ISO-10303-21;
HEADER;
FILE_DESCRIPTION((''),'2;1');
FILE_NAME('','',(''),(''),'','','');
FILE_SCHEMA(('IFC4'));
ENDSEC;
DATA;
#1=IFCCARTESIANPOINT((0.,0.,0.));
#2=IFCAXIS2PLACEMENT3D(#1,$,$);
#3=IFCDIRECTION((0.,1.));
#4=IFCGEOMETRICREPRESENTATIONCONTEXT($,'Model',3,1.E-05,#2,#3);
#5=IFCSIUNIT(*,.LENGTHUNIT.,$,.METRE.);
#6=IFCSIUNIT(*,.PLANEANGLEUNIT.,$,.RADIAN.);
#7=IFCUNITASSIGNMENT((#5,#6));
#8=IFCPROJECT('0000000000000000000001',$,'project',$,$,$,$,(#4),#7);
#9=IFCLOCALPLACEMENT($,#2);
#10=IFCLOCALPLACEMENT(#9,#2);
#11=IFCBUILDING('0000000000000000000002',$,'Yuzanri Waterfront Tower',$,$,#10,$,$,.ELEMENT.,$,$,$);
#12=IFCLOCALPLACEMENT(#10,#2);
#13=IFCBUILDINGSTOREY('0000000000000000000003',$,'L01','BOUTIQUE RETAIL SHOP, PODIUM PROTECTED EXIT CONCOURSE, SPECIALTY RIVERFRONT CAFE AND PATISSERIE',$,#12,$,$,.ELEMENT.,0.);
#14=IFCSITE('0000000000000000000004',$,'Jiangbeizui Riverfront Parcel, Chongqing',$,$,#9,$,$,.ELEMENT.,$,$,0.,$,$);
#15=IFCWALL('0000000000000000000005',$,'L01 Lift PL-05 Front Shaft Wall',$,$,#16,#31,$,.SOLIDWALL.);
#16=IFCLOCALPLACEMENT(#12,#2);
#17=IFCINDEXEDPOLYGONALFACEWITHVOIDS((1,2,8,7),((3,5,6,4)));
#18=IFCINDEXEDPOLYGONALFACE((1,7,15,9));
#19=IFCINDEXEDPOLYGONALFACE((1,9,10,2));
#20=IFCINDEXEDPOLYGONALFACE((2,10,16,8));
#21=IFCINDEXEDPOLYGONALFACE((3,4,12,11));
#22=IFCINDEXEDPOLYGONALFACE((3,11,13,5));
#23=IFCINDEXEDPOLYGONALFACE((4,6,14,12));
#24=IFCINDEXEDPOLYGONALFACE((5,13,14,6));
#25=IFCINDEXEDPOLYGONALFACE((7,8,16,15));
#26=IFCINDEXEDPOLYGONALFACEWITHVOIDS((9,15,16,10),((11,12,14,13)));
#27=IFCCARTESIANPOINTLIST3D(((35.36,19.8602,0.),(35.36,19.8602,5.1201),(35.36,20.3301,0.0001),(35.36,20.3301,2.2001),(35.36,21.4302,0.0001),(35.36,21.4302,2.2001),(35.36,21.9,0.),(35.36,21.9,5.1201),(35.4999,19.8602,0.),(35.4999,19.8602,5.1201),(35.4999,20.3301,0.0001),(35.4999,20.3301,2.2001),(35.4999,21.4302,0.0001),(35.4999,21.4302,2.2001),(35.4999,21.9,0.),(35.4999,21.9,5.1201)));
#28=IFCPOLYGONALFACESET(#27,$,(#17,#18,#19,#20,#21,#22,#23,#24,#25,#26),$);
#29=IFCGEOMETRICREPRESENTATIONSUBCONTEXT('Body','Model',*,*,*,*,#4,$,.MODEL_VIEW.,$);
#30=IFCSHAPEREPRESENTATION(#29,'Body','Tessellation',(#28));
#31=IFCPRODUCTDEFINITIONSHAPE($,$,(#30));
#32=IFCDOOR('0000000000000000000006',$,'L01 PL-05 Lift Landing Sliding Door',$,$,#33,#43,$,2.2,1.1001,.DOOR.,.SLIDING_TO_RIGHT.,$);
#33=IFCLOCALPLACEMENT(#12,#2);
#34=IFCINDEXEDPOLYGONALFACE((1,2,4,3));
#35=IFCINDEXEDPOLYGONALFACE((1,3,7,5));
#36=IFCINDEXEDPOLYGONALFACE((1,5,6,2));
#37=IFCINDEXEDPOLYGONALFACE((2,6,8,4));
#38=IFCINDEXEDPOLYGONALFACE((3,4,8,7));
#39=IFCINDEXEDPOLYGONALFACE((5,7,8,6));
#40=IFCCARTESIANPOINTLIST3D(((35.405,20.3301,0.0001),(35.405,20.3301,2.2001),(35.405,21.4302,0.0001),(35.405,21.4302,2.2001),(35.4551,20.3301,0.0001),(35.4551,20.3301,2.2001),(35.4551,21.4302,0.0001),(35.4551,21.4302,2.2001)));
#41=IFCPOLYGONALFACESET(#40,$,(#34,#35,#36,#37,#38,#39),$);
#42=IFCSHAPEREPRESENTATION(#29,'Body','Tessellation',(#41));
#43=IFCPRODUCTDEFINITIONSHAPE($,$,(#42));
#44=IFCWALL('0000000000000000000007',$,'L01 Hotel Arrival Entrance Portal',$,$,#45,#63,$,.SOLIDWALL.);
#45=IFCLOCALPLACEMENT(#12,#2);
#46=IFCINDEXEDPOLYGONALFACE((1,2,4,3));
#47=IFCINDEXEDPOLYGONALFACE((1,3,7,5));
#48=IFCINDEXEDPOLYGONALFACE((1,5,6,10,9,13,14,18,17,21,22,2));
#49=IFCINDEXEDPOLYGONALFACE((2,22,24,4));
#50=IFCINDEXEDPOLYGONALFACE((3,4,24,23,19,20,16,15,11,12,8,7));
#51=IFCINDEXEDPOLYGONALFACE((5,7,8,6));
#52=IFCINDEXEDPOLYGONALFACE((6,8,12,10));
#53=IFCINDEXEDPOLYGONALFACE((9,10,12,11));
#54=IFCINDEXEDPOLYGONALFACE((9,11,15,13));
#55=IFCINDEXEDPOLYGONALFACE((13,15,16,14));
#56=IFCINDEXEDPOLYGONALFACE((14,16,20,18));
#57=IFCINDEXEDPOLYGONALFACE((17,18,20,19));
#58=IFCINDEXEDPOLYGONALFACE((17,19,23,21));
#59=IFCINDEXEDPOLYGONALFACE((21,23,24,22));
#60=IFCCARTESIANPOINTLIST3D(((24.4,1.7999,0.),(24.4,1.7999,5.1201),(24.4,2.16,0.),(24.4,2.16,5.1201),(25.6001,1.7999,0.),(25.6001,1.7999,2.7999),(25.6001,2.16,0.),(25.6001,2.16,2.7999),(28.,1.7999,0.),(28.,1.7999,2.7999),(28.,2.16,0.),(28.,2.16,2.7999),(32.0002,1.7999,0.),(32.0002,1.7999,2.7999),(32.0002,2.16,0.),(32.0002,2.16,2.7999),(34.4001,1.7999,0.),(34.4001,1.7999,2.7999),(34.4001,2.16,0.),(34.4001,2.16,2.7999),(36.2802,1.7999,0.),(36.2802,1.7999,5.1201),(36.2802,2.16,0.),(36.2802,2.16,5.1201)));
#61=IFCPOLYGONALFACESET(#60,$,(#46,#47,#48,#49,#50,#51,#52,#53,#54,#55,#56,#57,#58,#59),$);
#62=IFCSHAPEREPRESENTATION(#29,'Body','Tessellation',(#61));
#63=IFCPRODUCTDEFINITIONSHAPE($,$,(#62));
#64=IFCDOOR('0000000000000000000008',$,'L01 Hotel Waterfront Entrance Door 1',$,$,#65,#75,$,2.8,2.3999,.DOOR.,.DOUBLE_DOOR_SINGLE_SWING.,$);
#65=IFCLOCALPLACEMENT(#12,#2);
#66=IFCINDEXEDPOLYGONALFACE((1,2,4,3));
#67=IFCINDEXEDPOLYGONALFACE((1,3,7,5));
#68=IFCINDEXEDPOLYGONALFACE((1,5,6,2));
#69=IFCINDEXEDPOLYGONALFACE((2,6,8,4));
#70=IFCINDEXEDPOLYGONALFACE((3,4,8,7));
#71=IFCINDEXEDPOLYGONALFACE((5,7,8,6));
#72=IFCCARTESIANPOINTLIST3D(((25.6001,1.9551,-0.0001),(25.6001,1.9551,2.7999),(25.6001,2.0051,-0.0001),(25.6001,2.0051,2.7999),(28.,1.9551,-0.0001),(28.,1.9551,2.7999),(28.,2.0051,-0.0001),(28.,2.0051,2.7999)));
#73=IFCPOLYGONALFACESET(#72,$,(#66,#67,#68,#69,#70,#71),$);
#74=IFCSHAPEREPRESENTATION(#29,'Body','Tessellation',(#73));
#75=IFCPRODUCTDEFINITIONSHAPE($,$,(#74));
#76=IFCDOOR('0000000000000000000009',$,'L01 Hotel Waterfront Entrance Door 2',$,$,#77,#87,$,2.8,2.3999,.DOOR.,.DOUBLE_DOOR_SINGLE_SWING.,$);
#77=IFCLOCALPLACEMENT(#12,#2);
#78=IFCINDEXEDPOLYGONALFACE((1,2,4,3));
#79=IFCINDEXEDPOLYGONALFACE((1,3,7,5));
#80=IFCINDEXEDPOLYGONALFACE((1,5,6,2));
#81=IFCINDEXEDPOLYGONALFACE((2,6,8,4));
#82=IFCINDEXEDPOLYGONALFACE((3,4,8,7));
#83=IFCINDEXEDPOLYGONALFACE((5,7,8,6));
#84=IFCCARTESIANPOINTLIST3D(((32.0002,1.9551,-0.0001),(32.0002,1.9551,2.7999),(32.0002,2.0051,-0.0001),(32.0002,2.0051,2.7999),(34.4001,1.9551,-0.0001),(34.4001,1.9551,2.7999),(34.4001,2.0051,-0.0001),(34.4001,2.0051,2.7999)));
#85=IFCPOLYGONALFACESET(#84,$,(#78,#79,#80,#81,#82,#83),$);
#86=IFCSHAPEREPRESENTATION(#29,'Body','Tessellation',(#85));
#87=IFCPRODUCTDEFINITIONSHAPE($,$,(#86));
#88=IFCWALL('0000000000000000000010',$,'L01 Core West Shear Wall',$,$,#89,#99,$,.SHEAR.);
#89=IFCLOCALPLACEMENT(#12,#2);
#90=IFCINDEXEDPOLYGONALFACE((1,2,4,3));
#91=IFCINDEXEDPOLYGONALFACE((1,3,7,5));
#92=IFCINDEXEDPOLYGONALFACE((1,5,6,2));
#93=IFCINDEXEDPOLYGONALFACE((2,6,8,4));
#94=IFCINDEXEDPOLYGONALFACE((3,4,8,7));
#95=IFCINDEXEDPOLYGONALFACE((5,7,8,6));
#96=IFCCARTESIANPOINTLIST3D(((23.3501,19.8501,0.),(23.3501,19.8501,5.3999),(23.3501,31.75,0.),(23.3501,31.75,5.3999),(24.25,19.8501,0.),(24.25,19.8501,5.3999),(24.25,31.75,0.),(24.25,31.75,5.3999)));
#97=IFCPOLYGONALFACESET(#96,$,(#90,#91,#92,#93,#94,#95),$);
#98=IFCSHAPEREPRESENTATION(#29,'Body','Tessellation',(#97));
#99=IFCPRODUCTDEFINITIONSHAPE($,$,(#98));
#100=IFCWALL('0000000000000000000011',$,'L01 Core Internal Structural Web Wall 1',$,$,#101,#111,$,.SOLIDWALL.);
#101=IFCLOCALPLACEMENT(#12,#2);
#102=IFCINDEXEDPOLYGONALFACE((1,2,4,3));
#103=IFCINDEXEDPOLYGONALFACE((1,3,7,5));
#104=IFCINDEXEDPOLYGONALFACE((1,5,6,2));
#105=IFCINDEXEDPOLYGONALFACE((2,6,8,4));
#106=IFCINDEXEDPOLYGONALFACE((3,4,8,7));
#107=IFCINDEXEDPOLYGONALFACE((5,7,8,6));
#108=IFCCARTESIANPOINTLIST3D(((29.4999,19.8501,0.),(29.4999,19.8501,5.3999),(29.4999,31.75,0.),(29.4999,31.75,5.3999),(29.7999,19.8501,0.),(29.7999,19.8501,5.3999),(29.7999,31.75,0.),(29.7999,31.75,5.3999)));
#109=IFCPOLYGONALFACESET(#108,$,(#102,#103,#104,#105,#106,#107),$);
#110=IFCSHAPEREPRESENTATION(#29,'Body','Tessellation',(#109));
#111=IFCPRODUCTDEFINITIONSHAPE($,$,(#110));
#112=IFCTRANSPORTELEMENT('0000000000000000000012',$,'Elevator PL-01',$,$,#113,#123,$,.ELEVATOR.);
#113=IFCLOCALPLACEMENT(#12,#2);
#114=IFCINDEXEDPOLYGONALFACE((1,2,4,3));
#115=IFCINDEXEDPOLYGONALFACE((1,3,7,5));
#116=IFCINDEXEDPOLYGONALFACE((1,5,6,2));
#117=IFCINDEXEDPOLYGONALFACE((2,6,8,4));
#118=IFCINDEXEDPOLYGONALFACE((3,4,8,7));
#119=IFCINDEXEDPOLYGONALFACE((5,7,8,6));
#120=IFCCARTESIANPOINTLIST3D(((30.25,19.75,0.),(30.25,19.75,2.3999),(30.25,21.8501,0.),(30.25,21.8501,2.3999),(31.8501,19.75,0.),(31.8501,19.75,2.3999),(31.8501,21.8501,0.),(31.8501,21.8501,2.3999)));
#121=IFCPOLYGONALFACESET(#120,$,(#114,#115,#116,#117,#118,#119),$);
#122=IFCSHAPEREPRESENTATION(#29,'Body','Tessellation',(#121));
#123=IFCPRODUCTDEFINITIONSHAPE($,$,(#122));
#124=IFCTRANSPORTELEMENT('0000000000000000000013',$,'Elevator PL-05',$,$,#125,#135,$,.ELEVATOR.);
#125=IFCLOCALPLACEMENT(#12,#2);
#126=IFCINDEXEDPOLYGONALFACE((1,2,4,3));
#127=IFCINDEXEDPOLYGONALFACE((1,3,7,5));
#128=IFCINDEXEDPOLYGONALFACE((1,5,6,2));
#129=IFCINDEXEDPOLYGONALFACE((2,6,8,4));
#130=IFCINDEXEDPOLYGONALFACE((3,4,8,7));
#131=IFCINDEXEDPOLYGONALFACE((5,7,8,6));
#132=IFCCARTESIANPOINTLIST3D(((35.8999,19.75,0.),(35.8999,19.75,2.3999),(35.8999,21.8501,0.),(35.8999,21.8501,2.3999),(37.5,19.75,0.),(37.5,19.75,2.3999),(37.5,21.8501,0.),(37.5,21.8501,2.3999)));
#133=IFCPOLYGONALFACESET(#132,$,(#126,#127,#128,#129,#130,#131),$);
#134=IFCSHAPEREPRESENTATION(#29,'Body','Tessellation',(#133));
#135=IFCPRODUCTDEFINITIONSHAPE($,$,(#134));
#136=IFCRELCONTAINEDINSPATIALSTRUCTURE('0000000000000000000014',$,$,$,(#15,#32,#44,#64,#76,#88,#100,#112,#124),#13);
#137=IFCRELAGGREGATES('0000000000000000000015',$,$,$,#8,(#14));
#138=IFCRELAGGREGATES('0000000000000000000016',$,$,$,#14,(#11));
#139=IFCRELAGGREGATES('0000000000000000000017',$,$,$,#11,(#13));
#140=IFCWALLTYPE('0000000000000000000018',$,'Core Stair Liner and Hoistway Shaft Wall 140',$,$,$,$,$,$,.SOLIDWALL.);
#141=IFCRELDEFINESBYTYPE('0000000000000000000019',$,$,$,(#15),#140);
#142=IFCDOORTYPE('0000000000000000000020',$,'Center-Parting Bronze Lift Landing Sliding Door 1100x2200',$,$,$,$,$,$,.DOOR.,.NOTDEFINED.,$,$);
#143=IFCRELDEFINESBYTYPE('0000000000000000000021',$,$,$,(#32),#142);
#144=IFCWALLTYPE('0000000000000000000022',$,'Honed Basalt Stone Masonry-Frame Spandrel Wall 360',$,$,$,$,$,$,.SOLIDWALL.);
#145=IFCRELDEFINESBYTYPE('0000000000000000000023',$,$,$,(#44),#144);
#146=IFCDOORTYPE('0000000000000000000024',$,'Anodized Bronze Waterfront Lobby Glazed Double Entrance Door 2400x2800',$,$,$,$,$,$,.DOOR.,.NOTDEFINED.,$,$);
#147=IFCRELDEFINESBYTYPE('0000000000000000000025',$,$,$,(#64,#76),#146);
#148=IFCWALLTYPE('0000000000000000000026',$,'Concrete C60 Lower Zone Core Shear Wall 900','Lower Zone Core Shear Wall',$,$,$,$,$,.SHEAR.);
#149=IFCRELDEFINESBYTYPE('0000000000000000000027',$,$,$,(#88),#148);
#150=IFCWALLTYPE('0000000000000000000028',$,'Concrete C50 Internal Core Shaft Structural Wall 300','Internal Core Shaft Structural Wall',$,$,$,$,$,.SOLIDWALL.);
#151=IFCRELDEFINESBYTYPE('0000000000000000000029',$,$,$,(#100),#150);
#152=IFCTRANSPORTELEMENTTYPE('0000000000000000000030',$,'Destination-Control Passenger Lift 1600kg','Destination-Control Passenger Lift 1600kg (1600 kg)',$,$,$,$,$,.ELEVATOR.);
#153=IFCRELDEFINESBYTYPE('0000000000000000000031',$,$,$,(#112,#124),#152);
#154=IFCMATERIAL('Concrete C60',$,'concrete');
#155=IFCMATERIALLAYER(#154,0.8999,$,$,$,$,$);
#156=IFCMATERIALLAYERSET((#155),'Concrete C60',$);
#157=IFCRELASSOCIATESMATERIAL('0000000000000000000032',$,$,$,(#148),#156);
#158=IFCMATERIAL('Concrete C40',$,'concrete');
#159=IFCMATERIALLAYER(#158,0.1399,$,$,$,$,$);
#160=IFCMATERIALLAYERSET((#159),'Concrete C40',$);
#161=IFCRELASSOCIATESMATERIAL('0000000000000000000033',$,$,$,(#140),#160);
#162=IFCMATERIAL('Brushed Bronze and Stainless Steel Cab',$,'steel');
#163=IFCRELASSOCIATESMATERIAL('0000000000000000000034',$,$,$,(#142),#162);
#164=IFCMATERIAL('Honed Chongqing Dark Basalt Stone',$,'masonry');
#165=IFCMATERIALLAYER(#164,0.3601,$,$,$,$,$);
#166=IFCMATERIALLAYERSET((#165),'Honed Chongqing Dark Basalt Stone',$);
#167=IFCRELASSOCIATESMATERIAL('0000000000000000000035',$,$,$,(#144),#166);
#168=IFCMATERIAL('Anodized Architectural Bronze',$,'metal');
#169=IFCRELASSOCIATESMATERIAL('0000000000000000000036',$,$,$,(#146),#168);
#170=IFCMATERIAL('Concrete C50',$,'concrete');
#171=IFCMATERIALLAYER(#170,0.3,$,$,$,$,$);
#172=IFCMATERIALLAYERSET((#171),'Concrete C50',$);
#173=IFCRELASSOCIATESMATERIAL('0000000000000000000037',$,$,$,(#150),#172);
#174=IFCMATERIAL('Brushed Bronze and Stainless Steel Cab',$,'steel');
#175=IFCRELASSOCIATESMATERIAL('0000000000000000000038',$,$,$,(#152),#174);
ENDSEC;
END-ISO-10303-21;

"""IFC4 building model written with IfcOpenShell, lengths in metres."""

from ifc_helpers import new_model, si_unit, direction, frame, frame_2d, origin, origin_2d, place, context, subcontext, project, spatial, rectangle, extrude, source, transform, mapped, material, layer, layer_set, type_object, element, fill, save


model = new_model("IFC4")

# Units and contexts
model_context = context("Model", 3, precision=1e-05, world=origin(), true_north=direction((0.0, 1.0)))
body_context = subcontext(model_context, "Body", "Model", "MODEL_VIEW")
ifc_project = project(units=[si_unit("LENGTHUNIT", "METRE"), si_unit("PLANEANGLEUNIT", "RADIAN")], contexts=[model_context])

# Site, building, storey
site_placement = place(None, origin())
site = spatial("IfcSite", under=ifc_project, at=site_placement, Name="Jiangbeizui Riverfront Parcel, Chongqing", CompositionType="ELEMENT", RefElevation=0.0)
building_placement = place(site_placement, origin())
building = spatial("IfcBuilding", under=site, at=building_placement, Name="Yuzanri Waterfront Tower", CompositionType="ELEMENT")
storey_placement = place(building_placement, origin())
storey = spatial("IfcBuildingStorey", under=building, at=storey_placement, Name="L01", Description="BOUTIQUE RETAIL SHOP, PODIUM PROTECTED EXIT CONCOURSE, SPECIALTY RIVERFRONT CAFE AND PATISSERIE", CompositionType="ELEMENT", Elevation=0.0)

# Shared definitions
ifc_material_1 = material(Name="Concrete C60", Category="concrete")
ifc_layer_1 = layer(ifc_material_1, 0.8999)
ifc_layer_set_1 = layer_set([ifc_layer_1], Name="Concrete C60")
wall_type_1 = type_object("IfcWallType", Name="Concrete C60 Lower Zone Core Shear Wall 900", Description="Lower Zone Core Shear Wall", PredefinedType="SHEAR", material=ifc_layer_set_1)

# Wall, opening, door
ifc_material_2 = material(Name="Concrete C40", Category="concrete")
ifc_layer_2 = layer(ifc_material_2, 0.1399)
ifc_layer_set_2 = layer_set([ifc_layer_2], Name="Concrete C40")
wall_type_2 = type_object("IfcWallType", Name="Core Stair Liner and Hoistway Shaft Wall 140", PredefinedType="SOLIDWALL", material=ifc_layer_set_2)
ifc_material_3 = material(Name="Brushed Bronze and Stainless Steel Cab", Category="steel")
door_type_1 = type_object("IfcDoorType", Name="Center-Parting Bronze Lift Landing Sliding Door 1100x2200", OperationType="NOTDEFINED", PredefinedType="DOOR", material=ifc_material_3)
shared_shape_1 = source(origin(), body_context, "Body", "SweptSolid", [
    extrude(rectangle(XDim=1.1001, YDim=2.2, at=frame_2d((0.55, 1.1001))), frame((0.0, 0.0249, 0.0), z_axis=(0.0, -1.0, 0.0), x_axis=(1.0, 0.0, 0.0)), (0.0, 0.0, 1.0), 0.05),
])
wall_1_placement = place(storey_placement, frame((35.4299, 19.8601, 0.0), z_axis=(0.0, 0.0, 1.0), x_axis=(0.0, 1.0, 0.0)))
wall_1 = element("IfcWall", 1, at=wall_1_placement, inside=storey, type_object=wall_type_2, Name="L01 Lift PL-05 Front Shaft Wall", PredefinedType="SOLIDWALL", context=body_context, shape_type="SweptSolid", body=[
    extrude(rectangle(XDim=2.0398, YDim=0.1399, at=frame_2d((1.02, 0.0))), origin(), (0.0, 0.0, 1.0), 5.1201),
])
opening_1_placement = place(wall_1_placement, frame((0.47, 0.0, 0.0)))
opening_1 = element("IfcOpeningElement", 2, at=opening_1_placement, cuts=wall_1, PredefinedType="OPENING", context=body_context, shape_type="SweptSolid", body=[
    extrude(rectangle(XDim=1.1001, YDim=2.2, at=frame_2d((0.55, 1.1001))), frame((0.0, 0.085, 0.0), z_axis=(0.0, -1.0, 0.0), x_axis=(1.0, 0.0, 0.0)), (0.0, 0.0, 1.0), 0.1697),
])
door_1_placement = place(opening_1_placement, origin())
door_1 = element("IfcDoor", 3, at=door_1_placement, inside=storey, type_object=door_type_1, Name="L01 PL-05 Lift Landing Sliding Door", OperationType="SLIDING_TO_RIGHT", OverallHeight=2.2, OverallWidth=1.1001, PredefinedType="DOOR", context=body_context, shape_type="MappedRepresentation", body=[
    mapped(shared_shape_1, transform((0.0, 0.0, 0.0), scale=1.0)),
])
fill(opening_1, door_1)

# Wall, openings, doors
ifc_material_4 = material(Name="Honed Chongqing Dark Basalt Stone", Category="masonry")
ifc_layer_3 = layer(ifc_material_4, 0.3601)
ifc_layer_set_3 = layer_set([ifc_layer_3], Name="Honed Chongqing Dark Basalt Stone")
wall_type_3 = type_object("IfcWallType", Name="Honed Basalt Stone Masonry-Frame Spandrel Wall 360", PredefinedType="SOLIDWALL", material=ifc_layer_set_3)
wall_2_placement = place(storey_placement, frame((36.28, 1.98, 0.0), z_axis=(0.0, 0.0, 1.0), x_axis=(-1.0, 0.0, 0.0)))
wall_2 = element("IfcWall", 4, at=wall_2_placement, inside=storey, type_object=wall_type_3, Name="L01 Hotel Arrival Entrance Portal", PredefinedType="SOLIDWALL", context=body_context, shape_type="SweptSolid", body=[
    extrude(rectangle(XDim=11.8801, YDim=0.3601, at=frame_2d((5.9399, 0.0))), origin(), (0.0, 0.0, 1.0), 5.1201),
])
opening_2_placement = place(wall_2_placement, frame((8.28, 0.0, 0.0)))
opening_2 = element("IfcOpeningElement", 5, at=opening_2_placement, cuts=wall_2, PredefinedType="OPENING", context=body_context, shape_type="SweptSolid", body=[
    extrude(rectangle(XDim=2.3999, YDim=2.8, at=frame_2d((1.2, 1.3999))), frame((0.0, 0.1948, 0.0), z_axis=(0.0, -1.0, 0.0), x_axis=(1.0, 0.0, 0.0)), (0.0, 0.0, 1.0), 0.3899),
])
opening_3_placement = place(wall_2_placement, frame((1.8799, 0.0, 0.0)))
opening_3 = element("IfcOpeningElement", 6, at=opening_3_placement, cuts=wall_2, PredefinedType="OPENING", context=body_context, shape_type="SweptSolid", body=[
    extrude(rectangle(XDim=2.3999, YDim=2.8, at=frame_2d((1.2, 1.3999))), frame((0.0, 0.1948, 0.0), z_axis=(0.0, -1.0, 0.0), x_axis=(1.0, 0.0, 0.0)), (0.0, 0.0, 1.0), 0.3899),
])
ifc_material_5 = material(Name="Anodized Architectural Bronze", Category="metal")
door_type_2 = type_object("IfcDoorType", Name="Anodized Bronze Waterfront Lobby Glazed Double Entrance Door 2400x2800", OperationType="NOTDEFINED", PredefinedType="DOOR", material=ifc_material_5)
shared_shape_2 = source(origin(), body_context, "Body", "SweptSolid", [
    extrude(rectangle(XDim=2.3999, YDim=2.8, at=frame_2d((1.2, 1.3999))), frame((0.0, 0.0249, 0.0), z_axis=(0.0, -1.0, 0.0), x_axis=(1.0, 0.0, 0.0)), (0.0, 0.0, 1.0), 0.05),
])
door_2_placement = place(opening_2_placement, origin())
door_2 = element("IfcDoor", 7, at=door_2_placement, inside=storey, type_object=door_type_2, Name="L01 Hotel Waterfront Entrance Door 1", OperationType="DOUBLE_DOOR_SINGLE_SWING", OverallHeight=2.8, OverallWidth=2.3999, PredefinedType="DOOR", context=body_context, shape_type="MappedRepresentation", body=[
    mapped(shared_shape_2, transform((0.0, 0.0, 0.0), scale=1.0)),
])
fill(opening_2, door_2)
door_3_placement = place(opening_3_placement, origin())
door_3 = element("IfcDoor", 8, at=door_3_placement, inside=storey, type_object=door_type_2, Name="L01 Hotel Waterfront Entrance Door 2", OperationType="DOUBLE_DOOR_SINGLE_SWING", OverallHeight=2.8, OverallWidth=2.3999, PredefinedType="DOOR", context=body_context, shape_type="MappedRepresentation", body=[
    mapped(shared_shape_2, transform((0.0, 0.0, 0.0), scale=1.0)),
])
fill(opening_3, door_3)

# Walls
shared_shape_3 = source(origin(), body_context, "Body", "SweptSolid", [
    extrude(rectangle(XDim=11.8999, YDim=0.8999, at=frame_2d((5.95, 0.0))), origin(), (0.0, 0.0, 1.0), 5.3999),
])
wall_3_placement = place(storey_placement, frame((23.8, 19.8501, 0.0), z_axis=(0.0, 0.0, 1.0), x_axis=(0.0, 1.0, 0.0)))
element("IfcWall", 9, at=wall_3_placement, inside=storey, type_object=wall_type_1, Name="L01 Core West Shear Wall", PredefinedType="SHEAR", context=body_context, shape_type="MappedRepresentation", body=[
    mapped(shared_shape_3, transform((0.0, 0.0, 0.0), scale=1.0)),
])
ifc_material_6 = material(Name="Concrete C50", Category="concrete")
ifc_layer_4 = layer(ifc_material_6, 0.3)
ifc_layer_set_4 = layer_set([ifc_layer_4], Name="Concrete C50")
wall_type_4 = type_object("IfcWallType", Name="Concrete C50 Internal Core Shaft Structural Wall 300", Description="Internal Core Shaft Structural Wall", PredefinedType="SOLIDWALL", material=ifc_layer_set_4)
shared_shape_4 = source(origin(), body_context, "Body", "SweptSolid", [
    extrude(rectangle(XDim=11.8999, YDim=0.3, at=frame_2d((5.95, 0.0))), origin(), (0.0, 0.0, 1.0), 5.3999),
])
wall_4_placement = place(storey_placement, frame((29.6499, 19.8501, 0.0), z_axis=(0.0, 0.0, 1.0), x_axis=(0.0, 1.0, 0.0)))
element("IfcWall", 10, at=wall_4_placement, inside=storey, type_object=wall_type_4, Name="L01 Core Internal Structural Web Wall 1", PredefinedType="SOLIDWALL", context=body_context, shape_type="MappedRepresentation", body=[
    mapped(shared_shape_4, transform((0.0, 0.0, 0.0), scale=1.0)),
])

# Transport elements
ifc_material_7 = material(Name="Brushed Bronze and Stainless Steel Cab", Category="steel")
transport_element_type = type_object("IfcTransportElementType", Name="Destination-Control Passenger Lift 1600kg", Description="Destination-Control Passenger Lift 1600kg (1600 kg)", PredefinedType="ELEVATOR", material=ifc_material_7)
shared_shape_5 = source(origin(), body_context, "Body", "SweptSolid", [
    extrude(rectangle(XDim=1.6001, YDim=2.1001, at=origin_2d()), origin(), (0.0, 0.0, 1.0), 2.3999),
])
for number, where, z_axis, x_axis, name in (
    (11, (31.05, 20.8, 0.0), (0.0, 0.0, 1.0), (1.0, 0.0, 0.0), "Elevator PL-01"),
    (12, (36.7, 20.8, 0.0), (0.0, 0.0, 1.0), (1.0, 0.0, 0.0), "Elevator PL-05"),
):
    element("IfcTransportElement", number, at=place(storey_placement, frame(where, z_axis=z_axis, x_axis=x_axis)), inside=storey, type_object=transport_element_type, Name=name, PredefinedType="ELEVATOR", context=body_context, shape_type="MappedRepresentation", body=[
        mapped(shared_shape_5, transform((0.0, 0.0, 0.0), scale=1.0)),
    ])

save(model, "model.ifc")
